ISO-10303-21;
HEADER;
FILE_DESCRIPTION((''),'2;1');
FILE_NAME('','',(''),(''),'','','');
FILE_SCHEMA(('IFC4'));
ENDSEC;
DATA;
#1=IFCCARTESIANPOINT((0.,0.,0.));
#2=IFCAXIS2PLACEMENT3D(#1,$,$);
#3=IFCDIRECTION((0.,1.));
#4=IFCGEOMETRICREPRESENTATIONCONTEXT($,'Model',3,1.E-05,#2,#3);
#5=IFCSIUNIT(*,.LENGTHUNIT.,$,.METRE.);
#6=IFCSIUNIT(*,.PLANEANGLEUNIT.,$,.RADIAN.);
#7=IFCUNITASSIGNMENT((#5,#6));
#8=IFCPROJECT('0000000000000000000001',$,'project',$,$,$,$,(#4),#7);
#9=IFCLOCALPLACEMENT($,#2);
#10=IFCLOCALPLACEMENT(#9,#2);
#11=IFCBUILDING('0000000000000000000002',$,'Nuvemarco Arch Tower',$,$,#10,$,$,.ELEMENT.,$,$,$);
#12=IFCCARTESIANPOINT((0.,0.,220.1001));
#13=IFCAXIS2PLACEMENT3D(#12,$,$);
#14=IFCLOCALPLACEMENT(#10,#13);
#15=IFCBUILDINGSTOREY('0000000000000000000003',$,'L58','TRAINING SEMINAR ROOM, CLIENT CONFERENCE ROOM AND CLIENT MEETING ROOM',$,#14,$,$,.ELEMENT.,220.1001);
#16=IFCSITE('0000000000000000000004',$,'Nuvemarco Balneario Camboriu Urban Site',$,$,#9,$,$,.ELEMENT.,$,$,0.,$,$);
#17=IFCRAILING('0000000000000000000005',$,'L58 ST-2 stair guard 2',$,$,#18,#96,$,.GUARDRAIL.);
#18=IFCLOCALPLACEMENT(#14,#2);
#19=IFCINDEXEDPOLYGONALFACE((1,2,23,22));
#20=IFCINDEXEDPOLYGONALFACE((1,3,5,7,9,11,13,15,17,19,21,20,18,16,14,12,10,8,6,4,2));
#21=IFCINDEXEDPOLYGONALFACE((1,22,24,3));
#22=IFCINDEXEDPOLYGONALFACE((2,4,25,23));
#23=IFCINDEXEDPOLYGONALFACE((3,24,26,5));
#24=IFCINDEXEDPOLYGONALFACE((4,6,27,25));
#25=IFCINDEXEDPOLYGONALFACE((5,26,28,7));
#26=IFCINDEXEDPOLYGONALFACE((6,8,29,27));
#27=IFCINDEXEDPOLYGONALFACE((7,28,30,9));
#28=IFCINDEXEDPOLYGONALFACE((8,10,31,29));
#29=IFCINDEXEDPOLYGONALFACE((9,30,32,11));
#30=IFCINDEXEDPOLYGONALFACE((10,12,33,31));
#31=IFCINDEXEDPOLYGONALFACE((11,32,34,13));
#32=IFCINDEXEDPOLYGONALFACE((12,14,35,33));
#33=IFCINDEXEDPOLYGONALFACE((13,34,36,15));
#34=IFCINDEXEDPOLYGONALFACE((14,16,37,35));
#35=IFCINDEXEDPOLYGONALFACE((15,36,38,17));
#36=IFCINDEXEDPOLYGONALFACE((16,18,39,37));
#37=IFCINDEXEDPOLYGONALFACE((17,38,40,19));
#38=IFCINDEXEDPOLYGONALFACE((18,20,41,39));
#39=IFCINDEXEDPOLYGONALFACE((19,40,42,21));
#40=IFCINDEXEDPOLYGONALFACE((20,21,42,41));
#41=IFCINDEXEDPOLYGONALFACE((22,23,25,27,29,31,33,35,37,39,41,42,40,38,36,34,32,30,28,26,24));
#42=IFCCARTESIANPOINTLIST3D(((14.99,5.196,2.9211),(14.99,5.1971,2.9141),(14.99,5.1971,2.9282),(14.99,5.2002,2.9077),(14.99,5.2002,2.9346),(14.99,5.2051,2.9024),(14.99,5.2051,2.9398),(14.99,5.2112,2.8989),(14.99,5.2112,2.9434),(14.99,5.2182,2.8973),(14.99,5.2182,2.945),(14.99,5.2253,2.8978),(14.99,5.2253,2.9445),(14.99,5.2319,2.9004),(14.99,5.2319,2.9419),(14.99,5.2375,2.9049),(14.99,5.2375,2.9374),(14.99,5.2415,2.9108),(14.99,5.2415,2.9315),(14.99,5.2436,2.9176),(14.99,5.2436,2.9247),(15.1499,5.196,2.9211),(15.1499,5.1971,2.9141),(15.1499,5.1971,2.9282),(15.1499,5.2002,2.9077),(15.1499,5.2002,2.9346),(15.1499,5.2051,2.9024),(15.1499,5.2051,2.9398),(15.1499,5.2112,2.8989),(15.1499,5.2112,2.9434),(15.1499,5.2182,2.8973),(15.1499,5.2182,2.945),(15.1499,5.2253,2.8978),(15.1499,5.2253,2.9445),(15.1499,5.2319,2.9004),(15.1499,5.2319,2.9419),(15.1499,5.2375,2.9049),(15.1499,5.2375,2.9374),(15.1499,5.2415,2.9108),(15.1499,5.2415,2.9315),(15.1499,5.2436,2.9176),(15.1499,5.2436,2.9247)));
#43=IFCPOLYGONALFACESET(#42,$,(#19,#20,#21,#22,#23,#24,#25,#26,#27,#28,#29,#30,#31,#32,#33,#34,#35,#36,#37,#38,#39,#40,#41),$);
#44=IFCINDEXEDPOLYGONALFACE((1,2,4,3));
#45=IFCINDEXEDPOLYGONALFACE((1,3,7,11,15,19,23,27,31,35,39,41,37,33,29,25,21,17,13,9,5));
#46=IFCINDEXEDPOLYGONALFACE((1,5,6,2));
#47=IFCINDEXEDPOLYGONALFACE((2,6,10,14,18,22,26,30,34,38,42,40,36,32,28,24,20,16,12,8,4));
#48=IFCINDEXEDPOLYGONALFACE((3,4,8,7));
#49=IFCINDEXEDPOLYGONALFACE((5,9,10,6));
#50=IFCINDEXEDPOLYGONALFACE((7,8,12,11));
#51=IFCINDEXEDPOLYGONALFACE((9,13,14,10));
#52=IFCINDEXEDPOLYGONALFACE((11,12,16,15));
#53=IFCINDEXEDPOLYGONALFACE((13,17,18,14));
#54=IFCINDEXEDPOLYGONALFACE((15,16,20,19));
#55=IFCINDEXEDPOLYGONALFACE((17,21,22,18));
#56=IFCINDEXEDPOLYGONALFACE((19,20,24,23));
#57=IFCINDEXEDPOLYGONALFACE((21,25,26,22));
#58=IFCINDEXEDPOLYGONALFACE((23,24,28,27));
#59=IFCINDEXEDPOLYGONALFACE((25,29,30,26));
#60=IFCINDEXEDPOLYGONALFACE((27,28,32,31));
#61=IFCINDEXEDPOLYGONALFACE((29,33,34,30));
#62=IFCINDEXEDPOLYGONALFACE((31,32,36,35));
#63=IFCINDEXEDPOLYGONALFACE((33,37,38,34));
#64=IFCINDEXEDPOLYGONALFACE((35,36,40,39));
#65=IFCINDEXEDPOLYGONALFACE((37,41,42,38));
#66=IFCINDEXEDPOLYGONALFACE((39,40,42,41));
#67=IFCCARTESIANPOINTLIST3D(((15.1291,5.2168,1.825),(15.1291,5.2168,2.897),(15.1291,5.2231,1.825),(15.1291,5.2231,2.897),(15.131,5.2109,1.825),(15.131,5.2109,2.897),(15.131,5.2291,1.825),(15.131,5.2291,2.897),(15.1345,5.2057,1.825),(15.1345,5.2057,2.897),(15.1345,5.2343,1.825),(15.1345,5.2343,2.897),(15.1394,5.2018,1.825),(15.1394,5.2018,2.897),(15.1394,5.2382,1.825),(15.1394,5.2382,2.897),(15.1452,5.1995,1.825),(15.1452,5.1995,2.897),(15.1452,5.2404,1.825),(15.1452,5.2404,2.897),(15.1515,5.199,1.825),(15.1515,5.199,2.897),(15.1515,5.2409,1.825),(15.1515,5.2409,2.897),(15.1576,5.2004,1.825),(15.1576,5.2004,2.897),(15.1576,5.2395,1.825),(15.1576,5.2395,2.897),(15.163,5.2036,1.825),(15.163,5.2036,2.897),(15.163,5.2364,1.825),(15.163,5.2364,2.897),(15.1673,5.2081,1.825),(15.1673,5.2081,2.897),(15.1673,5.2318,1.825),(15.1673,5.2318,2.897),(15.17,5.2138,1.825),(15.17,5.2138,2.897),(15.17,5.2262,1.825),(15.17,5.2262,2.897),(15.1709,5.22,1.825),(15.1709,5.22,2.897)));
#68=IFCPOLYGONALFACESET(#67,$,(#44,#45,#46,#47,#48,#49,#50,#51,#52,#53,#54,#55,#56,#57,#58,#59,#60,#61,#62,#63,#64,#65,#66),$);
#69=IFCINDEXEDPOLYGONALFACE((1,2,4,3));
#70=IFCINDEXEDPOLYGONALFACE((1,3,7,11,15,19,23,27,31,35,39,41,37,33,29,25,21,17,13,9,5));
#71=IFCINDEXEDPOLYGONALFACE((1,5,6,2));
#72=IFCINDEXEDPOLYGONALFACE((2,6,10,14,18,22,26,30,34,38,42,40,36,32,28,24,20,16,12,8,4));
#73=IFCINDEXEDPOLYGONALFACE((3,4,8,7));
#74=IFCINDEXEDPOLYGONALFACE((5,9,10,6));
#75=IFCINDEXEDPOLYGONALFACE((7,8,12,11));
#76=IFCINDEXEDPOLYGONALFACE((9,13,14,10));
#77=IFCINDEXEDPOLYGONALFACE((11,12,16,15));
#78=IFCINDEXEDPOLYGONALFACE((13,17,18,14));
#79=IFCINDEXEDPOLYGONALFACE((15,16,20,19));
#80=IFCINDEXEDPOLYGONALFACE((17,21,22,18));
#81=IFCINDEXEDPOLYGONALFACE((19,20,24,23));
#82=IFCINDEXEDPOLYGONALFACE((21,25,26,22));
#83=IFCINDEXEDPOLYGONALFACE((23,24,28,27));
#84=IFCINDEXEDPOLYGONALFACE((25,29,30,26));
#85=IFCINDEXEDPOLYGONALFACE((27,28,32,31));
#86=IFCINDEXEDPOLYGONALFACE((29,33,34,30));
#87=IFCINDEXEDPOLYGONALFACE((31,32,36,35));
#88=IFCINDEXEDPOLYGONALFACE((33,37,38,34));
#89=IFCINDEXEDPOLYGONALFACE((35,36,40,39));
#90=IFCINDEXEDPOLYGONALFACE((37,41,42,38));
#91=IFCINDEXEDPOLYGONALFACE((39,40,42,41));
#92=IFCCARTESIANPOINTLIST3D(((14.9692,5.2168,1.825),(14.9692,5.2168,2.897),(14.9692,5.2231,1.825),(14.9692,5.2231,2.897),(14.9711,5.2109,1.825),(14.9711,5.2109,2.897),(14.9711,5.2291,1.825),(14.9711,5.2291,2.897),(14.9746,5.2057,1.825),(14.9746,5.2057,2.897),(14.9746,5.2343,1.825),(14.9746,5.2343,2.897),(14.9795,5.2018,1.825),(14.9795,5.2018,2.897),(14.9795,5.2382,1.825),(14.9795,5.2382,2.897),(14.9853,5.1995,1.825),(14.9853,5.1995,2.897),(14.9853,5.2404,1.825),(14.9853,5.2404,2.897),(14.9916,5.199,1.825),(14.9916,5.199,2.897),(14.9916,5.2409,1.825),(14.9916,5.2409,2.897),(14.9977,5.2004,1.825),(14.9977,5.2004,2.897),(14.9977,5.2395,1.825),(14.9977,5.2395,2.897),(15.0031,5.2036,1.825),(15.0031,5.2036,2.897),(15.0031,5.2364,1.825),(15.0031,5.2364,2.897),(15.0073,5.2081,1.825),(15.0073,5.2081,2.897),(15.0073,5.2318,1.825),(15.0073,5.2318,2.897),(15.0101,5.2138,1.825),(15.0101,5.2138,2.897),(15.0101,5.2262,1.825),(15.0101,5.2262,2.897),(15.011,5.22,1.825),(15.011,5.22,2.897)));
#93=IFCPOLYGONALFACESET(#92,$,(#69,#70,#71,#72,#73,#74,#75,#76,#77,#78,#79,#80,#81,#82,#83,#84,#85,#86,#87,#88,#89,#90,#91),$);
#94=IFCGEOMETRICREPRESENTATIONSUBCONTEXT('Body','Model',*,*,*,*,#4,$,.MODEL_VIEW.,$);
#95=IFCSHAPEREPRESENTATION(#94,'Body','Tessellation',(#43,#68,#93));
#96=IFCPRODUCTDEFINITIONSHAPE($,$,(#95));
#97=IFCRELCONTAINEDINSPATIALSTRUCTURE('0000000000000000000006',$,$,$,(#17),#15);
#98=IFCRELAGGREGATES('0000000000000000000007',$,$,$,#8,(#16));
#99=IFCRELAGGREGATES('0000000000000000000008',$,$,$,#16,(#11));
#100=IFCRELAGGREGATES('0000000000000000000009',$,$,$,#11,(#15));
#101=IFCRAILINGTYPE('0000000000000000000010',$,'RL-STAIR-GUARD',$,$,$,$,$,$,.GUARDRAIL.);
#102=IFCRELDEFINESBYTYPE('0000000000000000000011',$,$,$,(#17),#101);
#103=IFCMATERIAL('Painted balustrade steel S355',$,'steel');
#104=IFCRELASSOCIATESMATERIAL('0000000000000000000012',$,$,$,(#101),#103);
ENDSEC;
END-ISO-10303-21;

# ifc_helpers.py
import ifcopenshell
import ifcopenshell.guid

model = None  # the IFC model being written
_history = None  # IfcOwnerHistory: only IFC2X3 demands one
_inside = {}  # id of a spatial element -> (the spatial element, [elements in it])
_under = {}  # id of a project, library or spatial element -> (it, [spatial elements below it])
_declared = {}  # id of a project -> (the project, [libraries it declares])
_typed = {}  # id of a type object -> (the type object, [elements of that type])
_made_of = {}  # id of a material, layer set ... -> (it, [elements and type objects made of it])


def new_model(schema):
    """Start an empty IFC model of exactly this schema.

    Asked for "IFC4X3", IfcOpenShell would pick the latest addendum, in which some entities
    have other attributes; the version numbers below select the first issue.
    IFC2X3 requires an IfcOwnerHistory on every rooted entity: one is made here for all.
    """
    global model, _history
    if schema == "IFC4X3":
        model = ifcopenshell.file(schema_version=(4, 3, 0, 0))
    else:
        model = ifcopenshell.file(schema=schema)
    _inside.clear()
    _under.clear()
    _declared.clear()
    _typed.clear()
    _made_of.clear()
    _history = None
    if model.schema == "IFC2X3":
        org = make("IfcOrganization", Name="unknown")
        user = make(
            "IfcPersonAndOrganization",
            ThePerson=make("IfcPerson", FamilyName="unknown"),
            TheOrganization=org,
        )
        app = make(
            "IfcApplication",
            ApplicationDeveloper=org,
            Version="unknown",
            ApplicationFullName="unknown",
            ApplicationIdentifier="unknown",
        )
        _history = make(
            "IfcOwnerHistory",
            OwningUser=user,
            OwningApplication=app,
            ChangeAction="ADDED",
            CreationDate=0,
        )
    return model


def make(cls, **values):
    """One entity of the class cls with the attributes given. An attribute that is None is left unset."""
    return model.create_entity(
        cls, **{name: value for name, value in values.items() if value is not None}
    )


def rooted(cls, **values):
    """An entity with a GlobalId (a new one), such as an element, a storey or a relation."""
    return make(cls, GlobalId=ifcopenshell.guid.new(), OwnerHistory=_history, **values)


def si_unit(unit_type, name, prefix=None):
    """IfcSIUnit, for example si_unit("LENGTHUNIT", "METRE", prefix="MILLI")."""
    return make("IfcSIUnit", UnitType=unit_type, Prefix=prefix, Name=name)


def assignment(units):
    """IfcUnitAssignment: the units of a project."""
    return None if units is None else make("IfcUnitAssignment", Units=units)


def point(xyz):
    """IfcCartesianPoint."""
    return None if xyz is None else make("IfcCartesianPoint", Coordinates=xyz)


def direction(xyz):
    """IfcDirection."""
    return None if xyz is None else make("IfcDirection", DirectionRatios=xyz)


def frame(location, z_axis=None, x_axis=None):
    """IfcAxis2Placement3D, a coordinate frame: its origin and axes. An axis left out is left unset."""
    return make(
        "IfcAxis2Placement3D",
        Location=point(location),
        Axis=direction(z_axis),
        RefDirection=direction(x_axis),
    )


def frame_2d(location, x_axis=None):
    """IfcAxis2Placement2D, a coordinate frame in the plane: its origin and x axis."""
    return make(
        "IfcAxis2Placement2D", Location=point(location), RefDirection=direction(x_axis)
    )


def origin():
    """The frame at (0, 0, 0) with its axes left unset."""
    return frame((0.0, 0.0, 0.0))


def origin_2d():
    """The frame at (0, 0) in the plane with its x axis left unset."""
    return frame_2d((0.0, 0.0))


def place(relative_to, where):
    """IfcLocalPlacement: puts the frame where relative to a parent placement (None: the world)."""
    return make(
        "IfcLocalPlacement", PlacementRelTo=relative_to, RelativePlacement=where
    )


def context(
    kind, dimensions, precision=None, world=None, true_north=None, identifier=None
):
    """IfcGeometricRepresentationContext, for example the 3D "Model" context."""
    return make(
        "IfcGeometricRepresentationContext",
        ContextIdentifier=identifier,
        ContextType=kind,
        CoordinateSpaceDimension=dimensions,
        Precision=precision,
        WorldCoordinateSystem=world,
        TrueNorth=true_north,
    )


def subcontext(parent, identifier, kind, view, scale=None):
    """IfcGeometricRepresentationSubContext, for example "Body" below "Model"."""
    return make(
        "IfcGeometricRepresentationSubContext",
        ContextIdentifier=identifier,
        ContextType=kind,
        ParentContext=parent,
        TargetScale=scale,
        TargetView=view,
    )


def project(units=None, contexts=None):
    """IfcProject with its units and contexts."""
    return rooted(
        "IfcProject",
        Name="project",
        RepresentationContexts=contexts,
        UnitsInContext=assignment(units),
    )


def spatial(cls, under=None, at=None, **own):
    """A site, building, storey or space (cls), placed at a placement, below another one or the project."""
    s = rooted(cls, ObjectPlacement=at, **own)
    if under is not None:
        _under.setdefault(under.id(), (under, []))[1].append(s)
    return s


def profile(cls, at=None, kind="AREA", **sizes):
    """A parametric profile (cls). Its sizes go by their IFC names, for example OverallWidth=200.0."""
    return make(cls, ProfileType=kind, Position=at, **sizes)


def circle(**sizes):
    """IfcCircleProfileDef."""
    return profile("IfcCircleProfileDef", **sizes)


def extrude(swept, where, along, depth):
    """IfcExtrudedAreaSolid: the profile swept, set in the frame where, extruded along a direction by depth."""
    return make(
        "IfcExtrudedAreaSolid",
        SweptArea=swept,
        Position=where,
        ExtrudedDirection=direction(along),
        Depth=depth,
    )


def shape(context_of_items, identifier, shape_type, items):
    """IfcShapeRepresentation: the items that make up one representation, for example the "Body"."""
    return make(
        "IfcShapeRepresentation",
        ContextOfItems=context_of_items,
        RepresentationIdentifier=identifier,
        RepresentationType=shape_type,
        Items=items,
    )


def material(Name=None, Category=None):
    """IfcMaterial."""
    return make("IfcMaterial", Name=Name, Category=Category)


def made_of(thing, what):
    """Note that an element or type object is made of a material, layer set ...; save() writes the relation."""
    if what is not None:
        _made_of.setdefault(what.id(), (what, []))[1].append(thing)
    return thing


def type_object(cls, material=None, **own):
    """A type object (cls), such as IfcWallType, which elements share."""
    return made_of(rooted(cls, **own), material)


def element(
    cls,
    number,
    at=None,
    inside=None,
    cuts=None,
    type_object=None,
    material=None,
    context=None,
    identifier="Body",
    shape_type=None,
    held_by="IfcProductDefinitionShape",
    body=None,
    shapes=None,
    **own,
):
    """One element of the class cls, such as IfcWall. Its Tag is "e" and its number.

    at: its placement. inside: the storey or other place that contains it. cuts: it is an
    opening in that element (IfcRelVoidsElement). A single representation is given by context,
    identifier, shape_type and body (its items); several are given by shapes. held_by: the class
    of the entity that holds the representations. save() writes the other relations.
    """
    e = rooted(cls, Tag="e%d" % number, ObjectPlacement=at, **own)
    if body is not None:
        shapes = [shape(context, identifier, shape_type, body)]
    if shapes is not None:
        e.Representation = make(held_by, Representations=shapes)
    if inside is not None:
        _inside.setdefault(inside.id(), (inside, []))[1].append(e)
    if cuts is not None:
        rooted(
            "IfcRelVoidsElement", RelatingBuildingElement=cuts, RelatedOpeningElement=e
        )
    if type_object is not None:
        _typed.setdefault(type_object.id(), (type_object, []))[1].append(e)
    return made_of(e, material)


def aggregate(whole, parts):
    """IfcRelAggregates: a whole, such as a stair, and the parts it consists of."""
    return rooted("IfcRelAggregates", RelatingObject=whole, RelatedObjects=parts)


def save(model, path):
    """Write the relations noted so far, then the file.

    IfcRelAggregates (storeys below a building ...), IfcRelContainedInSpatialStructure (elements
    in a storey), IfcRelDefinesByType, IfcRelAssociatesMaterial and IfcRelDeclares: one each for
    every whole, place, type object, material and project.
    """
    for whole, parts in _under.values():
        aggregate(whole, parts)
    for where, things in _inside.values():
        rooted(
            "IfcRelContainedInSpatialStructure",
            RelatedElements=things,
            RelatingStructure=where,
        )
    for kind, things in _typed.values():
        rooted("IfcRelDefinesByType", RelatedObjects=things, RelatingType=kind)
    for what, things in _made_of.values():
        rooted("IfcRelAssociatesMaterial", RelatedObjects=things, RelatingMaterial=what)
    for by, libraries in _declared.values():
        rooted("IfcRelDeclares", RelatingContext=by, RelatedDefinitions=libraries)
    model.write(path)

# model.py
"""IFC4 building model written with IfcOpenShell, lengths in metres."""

from ifc_helpers import new_model, si_unit, direction, frame, origin, origin_2d, place, context, subcontext, project, spatial, circle, extrude, material, type_object, element, save


model = new_model("IFC4")

# Units and contexts
model_context = context("Model", 3, precision=1e-05, world=origin(), true_north=direction((0.0, 1.0)))
body_context = subcontext(model_context, "Body", "Model", "MODEL_VIEW")
ifc_project = project(units=[si_unit("LENGTHUNIT", "METRE"), si_unit("PLANEANGLEUNIT", "RADIAN")], contexts=[model_context])

# Site, building, storey
site_placement = place(None, origin())
site = spatial("IfcSite", under=ifc_project, at=site_placement, Name="Nuvemarco Balneario Camboriu Urban Site", CompositionType="ELEMENT", RefElevation=0.0)
building_placement = place(site_placement, origin())
building = spatial("IfcBuilding", under=site, at=building_placement, Name="Nuvemarco Arch Tower", CompositionType="ELEMENT")
storey_placement = place(building_placement, frame((0.0, 0.0, 220.1001)))
storey = spatial("IfcBuildingStorey", under=building, at=storey_placement, Name="L58", Description="TRAINING SEMINAR ROOM, CLIENT CONFERENCE ROOM AND CLIENT MEETING ROOM", CompositionType="ELEMENT", Elevation=220.1001)

# Railing
ifc_material_1 = material(Name="Painted balustrade steel S355", Category="steel")
railing_type_1 = type_object("IfcRailingType", Name="RL-STAIR-GUARD", PredefinedType="GUARDRAIL", material=ifc_material_1)
railing_1_placement = place(storey_placement, frame((15.1499, 5.22, 1.825)))
element("IfcRailing", 1, at=railing_1_placement, inside=storey, type_object=railing_type_1, Name="L58 ST-2 stair guard 2", PredefinedType="GUARDRAIL", context=body_context, shape_type="SweptSolid", body=[
    extrude(circle(Radius=0.0239, at=origin_2d()), frame((0.0, 0.0, 1.0962), z_axis=(-1.0, 0.0, 0.0), x_axis=(0.0, -1.0, 0.0)), (0.0, 0.0, 1.0), 0.1599),
    extrude(circle(Radius=0.021, at=origin_2d()), origin(), (0.0, 0.0, 1.0), 1.072),
    extrude(circle(Radius=0.021, at=origin_2d()), frame((-0.1599, 0.0, 0.0)), (0.0, 0.0, 1.0), 1.072),
])

save(model, "model.ifc")
